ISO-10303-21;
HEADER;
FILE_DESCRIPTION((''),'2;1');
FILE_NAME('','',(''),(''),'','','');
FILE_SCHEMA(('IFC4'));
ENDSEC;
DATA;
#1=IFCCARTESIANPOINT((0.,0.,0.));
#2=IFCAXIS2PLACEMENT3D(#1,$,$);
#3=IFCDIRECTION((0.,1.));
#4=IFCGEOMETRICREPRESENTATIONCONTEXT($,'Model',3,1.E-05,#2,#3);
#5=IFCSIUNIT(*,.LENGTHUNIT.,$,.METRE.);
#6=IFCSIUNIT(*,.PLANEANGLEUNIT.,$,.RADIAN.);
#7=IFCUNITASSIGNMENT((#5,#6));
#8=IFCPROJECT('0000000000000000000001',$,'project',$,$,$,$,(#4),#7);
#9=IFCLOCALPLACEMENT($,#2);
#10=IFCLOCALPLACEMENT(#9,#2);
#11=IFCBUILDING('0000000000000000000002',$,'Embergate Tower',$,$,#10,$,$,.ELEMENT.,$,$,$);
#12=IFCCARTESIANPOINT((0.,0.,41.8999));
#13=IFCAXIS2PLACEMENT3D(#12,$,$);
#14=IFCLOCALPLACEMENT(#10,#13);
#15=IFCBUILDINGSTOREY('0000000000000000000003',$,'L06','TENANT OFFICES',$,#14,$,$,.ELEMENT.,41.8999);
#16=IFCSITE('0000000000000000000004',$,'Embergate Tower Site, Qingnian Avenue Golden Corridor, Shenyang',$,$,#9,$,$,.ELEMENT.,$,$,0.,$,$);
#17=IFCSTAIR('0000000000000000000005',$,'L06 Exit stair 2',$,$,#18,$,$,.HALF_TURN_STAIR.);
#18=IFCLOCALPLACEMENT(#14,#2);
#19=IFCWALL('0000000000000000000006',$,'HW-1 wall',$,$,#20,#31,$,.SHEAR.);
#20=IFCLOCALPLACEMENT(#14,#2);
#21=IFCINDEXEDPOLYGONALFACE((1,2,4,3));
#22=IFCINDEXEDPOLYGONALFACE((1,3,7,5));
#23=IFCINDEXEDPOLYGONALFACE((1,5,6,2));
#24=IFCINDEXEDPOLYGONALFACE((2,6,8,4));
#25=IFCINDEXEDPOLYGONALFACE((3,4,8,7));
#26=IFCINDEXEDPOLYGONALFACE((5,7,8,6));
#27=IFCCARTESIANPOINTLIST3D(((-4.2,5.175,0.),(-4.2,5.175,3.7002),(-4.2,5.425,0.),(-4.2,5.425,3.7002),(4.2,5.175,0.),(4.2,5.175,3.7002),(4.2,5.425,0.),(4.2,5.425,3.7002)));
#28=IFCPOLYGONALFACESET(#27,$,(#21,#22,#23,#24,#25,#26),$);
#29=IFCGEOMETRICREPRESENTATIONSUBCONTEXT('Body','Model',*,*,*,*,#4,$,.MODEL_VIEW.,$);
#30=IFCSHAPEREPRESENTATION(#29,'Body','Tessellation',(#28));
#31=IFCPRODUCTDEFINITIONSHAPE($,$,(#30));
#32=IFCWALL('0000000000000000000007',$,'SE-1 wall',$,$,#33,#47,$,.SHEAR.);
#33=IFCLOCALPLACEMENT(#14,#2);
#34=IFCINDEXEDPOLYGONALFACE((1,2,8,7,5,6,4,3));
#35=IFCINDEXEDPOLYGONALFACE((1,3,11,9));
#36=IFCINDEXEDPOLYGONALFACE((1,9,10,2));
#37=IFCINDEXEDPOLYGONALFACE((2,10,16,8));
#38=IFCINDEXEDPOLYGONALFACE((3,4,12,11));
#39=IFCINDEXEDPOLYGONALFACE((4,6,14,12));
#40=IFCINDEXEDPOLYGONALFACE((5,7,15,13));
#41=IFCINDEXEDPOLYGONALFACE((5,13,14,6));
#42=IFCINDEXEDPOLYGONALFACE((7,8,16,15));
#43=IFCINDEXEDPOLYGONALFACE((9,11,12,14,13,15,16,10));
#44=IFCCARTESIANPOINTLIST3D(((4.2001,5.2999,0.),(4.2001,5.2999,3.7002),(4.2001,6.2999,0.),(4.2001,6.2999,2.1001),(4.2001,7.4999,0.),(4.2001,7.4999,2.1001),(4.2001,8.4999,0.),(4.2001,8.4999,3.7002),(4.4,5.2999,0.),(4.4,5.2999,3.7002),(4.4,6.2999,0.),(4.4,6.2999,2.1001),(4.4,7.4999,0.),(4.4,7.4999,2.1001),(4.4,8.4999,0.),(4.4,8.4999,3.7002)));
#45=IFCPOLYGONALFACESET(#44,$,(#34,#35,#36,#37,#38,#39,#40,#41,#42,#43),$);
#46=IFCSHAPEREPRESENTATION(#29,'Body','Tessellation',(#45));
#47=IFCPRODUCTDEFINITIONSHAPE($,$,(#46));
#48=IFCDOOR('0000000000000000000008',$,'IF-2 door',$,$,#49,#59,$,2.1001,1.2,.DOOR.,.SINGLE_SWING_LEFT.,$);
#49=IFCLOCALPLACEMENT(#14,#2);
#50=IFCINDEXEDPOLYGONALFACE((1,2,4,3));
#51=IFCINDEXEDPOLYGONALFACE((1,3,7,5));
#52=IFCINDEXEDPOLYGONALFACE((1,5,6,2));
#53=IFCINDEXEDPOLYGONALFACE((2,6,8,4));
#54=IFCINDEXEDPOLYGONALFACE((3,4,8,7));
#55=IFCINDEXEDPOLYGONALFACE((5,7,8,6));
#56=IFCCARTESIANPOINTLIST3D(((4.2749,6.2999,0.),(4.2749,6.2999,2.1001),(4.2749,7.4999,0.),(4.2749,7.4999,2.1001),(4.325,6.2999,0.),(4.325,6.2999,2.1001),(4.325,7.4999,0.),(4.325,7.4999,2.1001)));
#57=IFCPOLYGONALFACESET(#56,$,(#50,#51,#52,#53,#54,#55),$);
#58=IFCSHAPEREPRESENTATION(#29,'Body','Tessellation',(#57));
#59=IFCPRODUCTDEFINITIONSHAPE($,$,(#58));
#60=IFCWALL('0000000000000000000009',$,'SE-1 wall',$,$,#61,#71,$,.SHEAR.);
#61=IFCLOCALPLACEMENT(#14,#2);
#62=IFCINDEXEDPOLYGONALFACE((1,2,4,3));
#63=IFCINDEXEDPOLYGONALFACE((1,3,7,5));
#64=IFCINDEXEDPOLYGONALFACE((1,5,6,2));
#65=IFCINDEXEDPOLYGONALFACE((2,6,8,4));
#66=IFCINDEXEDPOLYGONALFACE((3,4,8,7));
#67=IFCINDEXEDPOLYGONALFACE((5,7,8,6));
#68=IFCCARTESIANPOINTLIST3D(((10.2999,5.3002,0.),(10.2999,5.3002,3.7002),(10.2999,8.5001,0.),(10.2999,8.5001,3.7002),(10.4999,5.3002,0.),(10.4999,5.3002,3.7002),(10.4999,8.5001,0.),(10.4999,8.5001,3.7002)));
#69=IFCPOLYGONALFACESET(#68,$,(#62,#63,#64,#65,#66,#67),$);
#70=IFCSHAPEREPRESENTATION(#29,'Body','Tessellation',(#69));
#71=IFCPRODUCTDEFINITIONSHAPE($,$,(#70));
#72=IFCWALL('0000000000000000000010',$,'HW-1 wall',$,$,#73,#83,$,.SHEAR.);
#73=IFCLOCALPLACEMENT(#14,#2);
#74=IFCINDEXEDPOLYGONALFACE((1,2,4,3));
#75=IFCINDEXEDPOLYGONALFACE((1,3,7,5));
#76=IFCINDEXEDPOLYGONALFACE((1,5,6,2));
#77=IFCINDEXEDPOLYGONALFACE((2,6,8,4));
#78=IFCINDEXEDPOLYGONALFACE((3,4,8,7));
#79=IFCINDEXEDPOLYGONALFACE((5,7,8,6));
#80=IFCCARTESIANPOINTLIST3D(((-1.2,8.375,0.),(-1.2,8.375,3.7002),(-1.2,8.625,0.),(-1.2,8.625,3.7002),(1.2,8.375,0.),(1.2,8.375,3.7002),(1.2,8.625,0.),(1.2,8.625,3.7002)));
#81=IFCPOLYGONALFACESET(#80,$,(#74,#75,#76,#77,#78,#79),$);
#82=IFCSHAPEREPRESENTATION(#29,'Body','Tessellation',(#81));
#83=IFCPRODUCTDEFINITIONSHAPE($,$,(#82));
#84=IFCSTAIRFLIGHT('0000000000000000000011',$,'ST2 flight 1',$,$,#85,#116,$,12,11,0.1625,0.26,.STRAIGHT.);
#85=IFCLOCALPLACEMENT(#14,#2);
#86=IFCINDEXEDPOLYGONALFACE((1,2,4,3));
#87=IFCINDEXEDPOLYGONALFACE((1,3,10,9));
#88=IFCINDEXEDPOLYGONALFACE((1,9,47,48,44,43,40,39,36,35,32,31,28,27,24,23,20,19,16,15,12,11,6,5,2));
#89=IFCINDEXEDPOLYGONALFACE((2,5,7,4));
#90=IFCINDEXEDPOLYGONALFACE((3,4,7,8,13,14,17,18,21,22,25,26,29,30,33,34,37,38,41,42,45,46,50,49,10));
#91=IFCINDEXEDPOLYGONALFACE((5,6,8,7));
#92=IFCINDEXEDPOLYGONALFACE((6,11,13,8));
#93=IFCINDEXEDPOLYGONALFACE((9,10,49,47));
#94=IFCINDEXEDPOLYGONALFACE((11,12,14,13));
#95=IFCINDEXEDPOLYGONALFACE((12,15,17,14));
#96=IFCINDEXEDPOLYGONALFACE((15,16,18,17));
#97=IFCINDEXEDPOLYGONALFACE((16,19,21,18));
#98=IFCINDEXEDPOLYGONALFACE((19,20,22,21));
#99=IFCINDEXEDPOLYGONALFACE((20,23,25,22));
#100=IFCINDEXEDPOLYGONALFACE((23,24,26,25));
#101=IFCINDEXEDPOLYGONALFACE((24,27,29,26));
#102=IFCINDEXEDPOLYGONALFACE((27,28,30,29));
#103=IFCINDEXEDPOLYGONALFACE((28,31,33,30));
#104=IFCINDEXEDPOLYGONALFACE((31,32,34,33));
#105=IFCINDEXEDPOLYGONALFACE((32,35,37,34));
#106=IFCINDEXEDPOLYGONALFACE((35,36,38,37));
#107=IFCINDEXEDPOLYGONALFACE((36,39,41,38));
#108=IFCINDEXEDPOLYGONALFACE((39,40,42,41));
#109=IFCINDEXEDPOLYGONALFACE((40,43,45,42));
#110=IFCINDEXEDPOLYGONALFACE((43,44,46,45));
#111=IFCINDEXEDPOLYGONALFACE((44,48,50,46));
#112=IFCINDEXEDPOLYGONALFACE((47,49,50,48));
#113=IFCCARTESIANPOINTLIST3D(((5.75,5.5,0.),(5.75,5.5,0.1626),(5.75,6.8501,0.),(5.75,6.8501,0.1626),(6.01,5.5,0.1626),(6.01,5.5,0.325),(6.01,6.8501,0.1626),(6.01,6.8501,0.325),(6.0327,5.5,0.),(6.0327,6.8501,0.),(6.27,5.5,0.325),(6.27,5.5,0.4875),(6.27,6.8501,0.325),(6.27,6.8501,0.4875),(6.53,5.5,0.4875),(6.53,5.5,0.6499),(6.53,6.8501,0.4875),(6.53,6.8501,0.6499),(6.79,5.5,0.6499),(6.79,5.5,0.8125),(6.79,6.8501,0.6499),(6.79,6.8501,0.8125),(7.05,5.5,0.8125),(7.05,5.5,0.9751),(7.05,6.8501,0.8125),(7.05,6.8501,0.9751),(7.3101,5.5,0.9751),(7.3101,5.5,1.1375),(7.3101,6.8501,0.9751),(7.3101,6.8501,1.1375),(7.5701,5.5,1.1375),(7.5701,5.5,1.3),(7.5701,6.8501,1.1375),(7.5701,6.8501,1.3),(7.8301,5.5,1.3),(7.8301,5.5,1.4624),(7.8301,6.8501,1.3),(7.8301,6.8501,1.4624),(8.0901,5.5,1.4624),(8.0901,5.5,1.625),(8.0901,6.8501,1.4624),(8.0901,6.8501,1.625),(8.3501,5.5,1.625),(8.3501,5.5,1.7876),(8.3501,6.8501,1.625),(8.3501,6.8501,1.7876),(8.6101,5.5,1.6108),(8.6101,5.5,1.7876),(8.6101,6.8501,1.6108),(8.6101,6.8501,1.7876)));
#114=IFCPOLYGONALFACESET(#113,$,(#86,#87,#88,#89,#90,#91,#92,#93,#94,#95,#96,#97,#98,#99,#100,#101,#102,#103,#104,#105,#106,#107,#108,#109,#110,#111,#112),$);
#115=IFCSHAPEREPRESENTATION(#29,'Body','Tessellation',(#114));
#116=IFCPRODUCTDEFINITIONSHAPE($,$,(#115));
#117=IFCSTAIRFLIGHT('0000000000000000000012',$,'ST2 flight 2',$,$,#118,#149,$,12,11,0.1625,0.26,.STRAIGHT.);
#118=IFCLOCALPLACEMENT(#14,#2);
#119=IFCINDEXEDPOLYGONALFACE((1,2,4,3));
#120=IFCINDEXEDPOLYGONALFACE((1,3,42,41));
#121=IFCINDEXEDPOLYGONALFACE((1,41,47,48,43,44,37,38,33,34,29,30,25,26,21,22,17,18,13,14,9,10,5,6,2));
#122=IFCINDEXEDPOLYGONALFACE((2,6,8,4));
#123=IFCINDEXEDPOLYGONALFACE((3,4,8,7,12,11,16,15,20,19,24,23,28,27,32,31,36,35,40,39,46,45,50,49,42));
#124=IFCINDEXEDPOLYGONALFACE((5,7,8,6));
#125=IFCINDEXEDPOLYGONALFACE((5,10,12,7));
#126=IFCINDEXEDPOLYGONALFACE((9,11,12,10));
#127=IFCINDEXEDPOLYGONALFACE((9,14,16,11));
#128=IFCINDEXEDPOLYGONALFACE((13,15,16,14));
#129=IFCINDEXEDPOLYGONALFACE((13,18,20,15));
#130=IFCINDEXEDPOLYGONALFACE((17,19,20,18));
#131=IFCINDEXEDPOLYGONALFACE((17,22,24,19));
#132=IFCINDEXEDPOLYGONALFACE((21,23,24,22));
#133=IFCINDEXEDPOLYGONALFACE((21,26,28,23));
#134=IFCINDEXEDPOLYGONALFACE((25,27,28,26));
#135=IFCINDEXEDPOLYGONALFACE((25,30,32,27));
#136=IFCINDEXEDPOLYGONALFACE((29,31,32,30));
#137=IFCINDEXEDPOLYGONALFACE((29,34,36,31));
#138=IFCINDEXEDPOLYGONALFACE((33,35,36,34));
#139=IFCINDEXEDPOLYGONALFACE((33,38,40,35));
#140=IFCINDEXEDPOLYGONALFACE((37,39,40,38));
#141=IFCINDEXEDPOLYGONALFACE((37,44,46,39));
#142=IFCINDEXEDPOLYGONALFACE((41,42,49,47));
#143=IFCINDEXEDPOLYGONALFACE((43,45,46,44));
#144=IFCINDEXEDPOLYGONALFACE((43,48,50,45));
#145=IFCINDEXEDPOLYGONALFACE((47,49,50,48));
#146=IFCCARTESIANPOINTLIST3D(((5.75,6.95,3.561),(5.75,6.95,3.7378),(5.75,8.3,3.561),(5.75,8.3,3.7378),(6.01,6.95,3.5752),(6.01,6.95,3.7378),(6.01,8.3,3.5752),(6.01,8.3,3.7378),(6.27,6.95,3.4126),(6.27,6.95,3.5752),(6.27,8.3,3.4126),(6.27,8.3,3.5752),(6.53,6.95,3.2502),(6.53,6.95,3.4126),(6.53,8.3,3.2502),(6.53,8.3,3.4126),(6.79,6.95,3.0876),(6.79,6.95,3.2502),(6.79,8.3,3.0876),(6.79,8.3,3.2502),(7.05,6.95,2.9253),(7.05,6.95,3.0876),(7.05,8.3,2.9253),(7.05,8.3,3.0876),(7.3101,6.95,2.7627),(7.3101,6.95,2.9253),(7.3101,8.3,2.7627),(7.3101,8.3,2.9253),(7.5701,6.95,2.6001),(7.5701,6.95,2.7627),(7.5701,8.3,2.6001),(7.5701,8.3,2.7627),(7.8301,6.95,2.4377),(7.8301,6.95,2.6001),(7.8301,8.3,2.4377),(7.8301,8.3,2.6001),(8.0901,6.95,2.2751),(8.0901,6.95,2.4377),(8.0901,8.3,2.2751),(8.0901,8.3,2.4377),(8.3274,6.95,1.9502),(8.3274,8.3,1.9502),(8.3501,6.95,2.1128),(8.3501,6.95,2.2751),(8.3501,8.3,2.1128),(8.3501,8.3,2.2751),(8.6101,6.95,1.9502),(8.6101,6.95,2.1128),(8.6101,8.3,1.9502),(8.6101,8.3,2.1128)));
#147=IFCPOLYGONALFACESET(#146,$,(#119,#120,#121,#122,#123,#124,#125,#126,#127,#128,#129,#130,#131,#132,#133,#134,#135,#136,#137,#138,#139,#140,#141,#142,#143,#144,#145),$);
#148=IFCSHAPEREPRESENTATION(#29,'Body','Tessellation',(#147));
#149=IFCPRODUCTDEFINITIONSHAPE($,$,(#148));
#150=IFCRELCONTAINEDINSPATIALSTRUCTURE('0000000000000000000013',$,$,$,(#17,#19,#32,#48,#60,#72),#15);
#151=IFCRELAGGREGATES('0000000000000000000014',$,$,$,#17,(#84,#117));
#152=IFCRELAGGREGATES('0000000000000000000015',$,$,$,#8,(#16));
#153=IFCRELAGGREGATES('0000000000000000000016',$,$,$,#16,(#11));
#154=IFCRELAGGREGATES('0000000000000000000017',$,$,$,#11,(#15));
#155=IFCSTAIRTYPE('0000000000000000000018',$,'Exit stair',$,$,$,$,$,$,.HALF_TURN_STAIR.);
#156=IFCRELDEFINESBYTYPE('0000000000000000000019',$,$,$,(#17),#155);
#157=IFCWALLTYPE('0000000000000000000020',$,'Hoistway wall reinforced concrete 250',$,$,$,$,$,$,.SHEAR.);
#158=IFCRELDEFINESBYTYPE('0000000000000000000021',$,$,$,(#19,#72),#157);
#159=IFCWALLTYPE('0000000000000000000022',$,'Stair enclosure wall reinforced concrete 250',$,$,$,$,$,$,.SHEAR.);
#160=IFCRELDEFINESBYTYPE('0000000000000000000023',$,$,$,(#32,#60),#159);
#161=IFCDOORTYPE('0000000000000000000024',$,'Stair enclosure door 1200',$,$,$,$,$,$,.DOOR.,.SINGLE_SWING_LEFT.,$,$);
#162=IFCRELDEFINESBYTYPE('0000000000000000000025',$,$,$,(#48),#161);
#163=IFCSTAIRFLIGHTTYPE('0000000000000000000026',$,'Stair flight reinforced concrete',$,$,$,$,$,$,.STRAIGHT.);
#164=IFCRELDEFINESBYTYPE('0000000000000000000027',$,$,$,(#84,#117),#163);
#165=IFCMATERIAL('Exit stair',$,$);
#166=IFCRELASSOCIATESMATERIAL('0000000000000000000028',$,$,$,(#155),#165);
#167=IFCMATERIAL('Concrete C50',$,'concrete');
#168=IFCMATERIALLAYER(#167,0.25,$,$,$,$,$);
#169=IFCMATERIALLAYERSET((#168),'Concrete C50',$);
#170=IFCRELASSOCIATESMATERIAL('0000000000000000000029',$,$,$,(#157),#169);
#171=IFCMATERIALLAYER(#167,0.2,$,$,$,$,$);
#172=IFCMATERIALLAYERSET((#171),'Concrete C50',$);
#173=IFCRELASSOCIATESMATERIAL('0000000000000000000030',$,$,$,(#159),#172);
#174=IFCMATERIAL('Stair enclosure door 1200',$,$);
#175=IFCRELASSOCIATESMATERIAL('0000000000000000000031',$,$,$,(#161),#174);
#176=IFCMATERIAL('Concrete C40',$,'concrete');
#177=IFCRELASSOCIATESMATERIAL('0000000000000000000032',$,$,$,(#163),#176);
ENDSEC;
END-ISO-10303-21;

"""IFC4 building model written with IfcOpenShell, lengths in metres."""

from ifc_helpers import new_model, si_unit, direction, frame, frame_2d, origin, place, context, subcontext, project, spatial, polyline, rectangle, outline, extrude, source, transform, mapped, material, layer, layer_set, type_object, element, fill, aggregate, save


model = new_model("IFC4")

# Units and contexts
model_context = context("Model", 3, precision=1e-05, world=origin(), true_north=direction((0.0, 1.0)))
body_context = subcontext(model_context, "Body", "Model", "MODEL_VIEW")
ifc_project = project(units=[si_unit("LENGTHUNIT", "METRE"), si_unit("PLANEANGLEUNIT", "RADIAN")], contexts=[model_context])

# Site, building, storey
site_placement = place(None, origin())
site = spatial("IfcSite", under=ifc_project, at=site_placement, Name="Embergate Tower Site, Qingnian Avenue Golden Corridor, Shenyang", CompositionType="ELEMENT", RefElevation=0.0)
building_placement = place(site_placement, origin())
building = spatial("IfcBuilding", under=site, at=building_placement, Name="Embergate Tower", CompositionType="ELEMENT")
storey_placement = place(building_placement, frame((0.0, 0.0, 41.8999)))
storey = spatial("IfcBuildingStorey", under=building, at=storey_placement, Name="L06", Description="TENANT OFFICES", CompositionType="ELEMENT", Elevation=41.8999)

# Stair
ifc_material_1 = material(Name="Exit stair")
stair_type = type_object("IfcStairType", Name="Exit stair", PredefinedType="HALF_TURN_STAIR", material=ifc_material_1)
stair_placement = place(storey_placement, origin())
stair = element("IfcStair", 1, at=stair_placement, inside=storey, type_object=stair_type, Name="L06 Exit stair 2", PredefinedType="HALF_TURN_STAIR")
ifc_material_2 = material(Name="Concrete C40", Category="concrete")

# Shared definitions
shared_shape_1 = source(origin(), body_context, "Body", "SweptSolid", [
    extrude(rectangle(XDim=1.2, YDim=2.1001, at=frame_2d((0.6001, 1.05))), frame((0.0, 0.0249, 0.0), z_axis=(0.0, -1.0, 0.0), x_axis=(1.0, 0.0, 0.0)), (0.0, 0.0, 1.0), 0.05),
])

# Shared definitions
ifc_material_3 = material(Name="Concrete C50", Category="concrete")
ifc_layer_1 = layer(ifc_material_3, 0.25)
ifc_layer_set_1 = layer_set([ifc_layer_1], Name="Concrete C50")
wall_type_1 = type_object("IfcWallType", Name="Hoistway wall reinforced concrete 250", PredefinedType="SHEAR", material=ifc_layer_set_1)

# Wall
ifc_layer_2 = layer(ifc_material_3, 0.2)
ifc_layer_set_2 = layer_set([ifc_layer_2], Name="Concrete C50")
wall_type_2 = type_object("IfcWallType", Name="Stair enclosure wall reinforced concrete 250", PredefinedType="SHEAR", material=ifc_layer_set_2)
shared_shape_2 = source(origin(), body_context, "Body", "SweptSolid", [
    extrude(rectangle(XDim=8.3999, YDim=0.25, at=frame_2d((4.2, 0.0))), origin(), (0.0, 0.0, 1.0), 3.7002),
])
wall_1_placement = place(storey_placement, frame((4.2, 5.3, 0.0), z_axis=(0.0, 0.0, 1.0), x_axis=(-1.0, 0.0, 0.0)))
element("IfcWall", 2, at=wall_1_placement, inside=storey, type_object=wall_type_1, Name="HW-1 wall", PredefinedType="SHEAR", context=body_context, shape_type="MappedRepresentation", body=[
    mapped(shared_shape_2, transform((0.0, 0.0, 0.0))),
])

# Wall, opening, door
shared_shape_3 = source(origin(), body_context, "Body", "SweptSolid", [
    extrude(rectangle(XDim=3.2, YDim=0.2, at=frame_2d((1.6001, 0.0))), origin(), (0.0, 0.0, 1.0), 3.7002),
])
wall_2_placement = place(storey_placement, frame((4.3, 8.5, 0.0), z_axis=(0.0, 0.0, 1.0), x_axis=(0.0, -1.0, 0.0)))
wall_2 = element("IfcWall", 3, at=wall_2_placement, inside=storey, type_object=wall_type_2, Name="SE-1 wall", PredefinedType="SHEAR", context=body_context, shape_type="MappedRepresentation", body=[
    mapped(shared_shape_3, transform((0.0, 0.0, 0.0))),
])
shared_shape_4 = source(origin(), body_context, "Body", "SweptSolid", [
    extrude(rectangle(XDim=1.2, YDim=2.1001, at=frame_2d((0.6001, 1.05))), frame((0.0, 0.1099, 0.0), z_axis=(0.0, -1.0, 0.0), x_axis=(1.0, 0.0, 0.0)), (0.0, 0.0, 1.0), 0.22),
])
opening_1_placement = place(wall_2_placement, frame((1.0, 0.0, 0.0)))
opening_1 = element("IfcOpeningElement", 4, at=opening_1_placement, cuts=wall_2, PredefinedType="OPENING", context=body_context, shape_type="MappedRepresentation", body=[
    mapped(shared_shape_4, transform((0.0, 0.0, 0.0))),
])
ifc_material_4 = material(Name="Stair enclosure door 1200")
door_type_1 = type_object("IfcDoorType", Name="Stair enclosure door 1200", OperationType="SINGLE_SWING_LEFT", PredefinedType="DOOR", material=ifc_material_4)
door_1_placement = place(opening_1_placement, origin())
door_1 = element("IfcDoor", 5, at=door_1_placement, inside=storey, type_object=door_type_1, Name="IF-2 door", OperationType="SINGLE_SWING_LEFT", OverallHeight=2.1001, OverallWidth=1.2, PredefinedType="DOOR", context=body_context, shape_type="MappedRepresentation", body=[
    mapped(shared_shape_1, transform((0.0, 0.0, 0.0))),
])
fill(opening_1, door_1)

# Walls
wall_3_placement = place(storey_placement, frame((10.3999, 5.3, 0.0), z_axis=(0.0, 0.0, 1.0), x_axis=(0.0, 1.0, 0.0)))
element("IfcWall", 6, at=wall_3_placement, inside=storey, type_object=wall_type_2, Name="SE-1 wall", PredefinedType="SHEAR", context=body_context, shape_type="MappedRepresentation", body=[
    mapped(shared_shape_3, transform((0.0, 0.0, 0.0))),
])
shared_shape_5 = source(origin(), body_context, "Body", "SweptSolid", [
    extrude(rectangle(XDim=2.3999, YDim=0.25, at=frame_2d((1.2, 0.0))), origin(), (0.0, 0.0, 1.0), 3.7002),
])
wall_4_placement = place(storey_placement, frame((1.2, 8.5, 0.0), z_axis=(0.0, 0.0, 1.0), x_axis=(-1.0, 0.0, 0.0)))
element("IfcWall", 7, at=wall_4_placement, inside=storey, type_object=wall_type_1, Name="HW-1 wall", PredefinedType="SHEAR", context=body_context, shape_type="MappedRepresentation", body=[
    mapped(shared_shape_5, transform((0.0, 0.0, 0.0))),
])

# Stair flights
stair_flight_type = type_object("IfcStairFlightType", Name="Stair flight reinforced concrete", PredefinedType="STRAIGHT", material=ifc_material_2)
shared_shape_6 = source(origin(), body_context, "Body", "SweptSolid", [
    extrude(outline(polyline([(0.0, 0.0), (0.0, 0.1626), (0.26, 0.1626), (0.26, 0.325), (0.52, 0.325), (0.52, 0.4875), (0.78, 0.4875), (0.78, 0.6499), (1.04, 0.6499), (1.04, 0.8125), (1.3, 0.8125), (1.3, 0.9751), (1.5601, 0.9751), (1.5601, 1.1375), (1.8201, 1.1375), (1.8201, 1.3), (2.0801, 1.3), (2.0801, 1.4624), (2.3401, 1.4624), (2.3401, 1.625), (2.6001, 1.625), (2.6001, 1.7876), (2.8601, 1.7876), (2.8601, 1.95), (2.8601, 1.6108), (0.2827, 0.0), (0.0, 0.0)])), frame((0.0, 0.675, 0.0), z_axis=(0.0, -1.0, 0.0), x_axis=(1.0, 0.0, 0.0)), (0.0, 0.0, 1.0), 1.3501),
])
stair_flight_1_placement = place(storey_placement, frame((5.75, 6.175, 0.0), z_axis=(0.0, 0.0, 1.0), x_axis=(1.0, 0.0, 0.0)))
stair_flight_1 = element("IfcStairFlight", 8, at=stair_flight_1_placement, type_object=stair_flight_type, Name="ST2 flight 1", NumberOfRisers=12, NumberOfTreads=11, PredefinedType="STRAIGHT", RiserHeight=0.1625, TreadLength=0.26, context=body_context, shape_type="MappedRepresentation", body=[
    mapped(shared_shape_6, transform((0.0, 0.0, 0.0))),
])
stair_flight_2_placement = place(storey_placement, frame((8.6101, 7.625, 1.9502), z_axis=(0.0, 0.0, 1.0), x_axis=(-1.0, 0.0, 0.0)))
stair_flight_2 = element("IfcStairFlight", 9, at=stair_flight_2_placement, type_object=stair_flight_type, Name="ST2 flight 2", NumberOfRisers=12, NumberOfTreads=11, PredefinedType="STRAIGHT", RiserHeight=0.1625, TreadLength=0.26, context=body_context, shape_type="MappedRepresentation", body=[
    mapped(shared_shape_6, transform((0.0, 0.0, 0.0))),
])
aggregate(stair, [stair_flight_1, stair_flight_2])

save(model, "model.ifc")
